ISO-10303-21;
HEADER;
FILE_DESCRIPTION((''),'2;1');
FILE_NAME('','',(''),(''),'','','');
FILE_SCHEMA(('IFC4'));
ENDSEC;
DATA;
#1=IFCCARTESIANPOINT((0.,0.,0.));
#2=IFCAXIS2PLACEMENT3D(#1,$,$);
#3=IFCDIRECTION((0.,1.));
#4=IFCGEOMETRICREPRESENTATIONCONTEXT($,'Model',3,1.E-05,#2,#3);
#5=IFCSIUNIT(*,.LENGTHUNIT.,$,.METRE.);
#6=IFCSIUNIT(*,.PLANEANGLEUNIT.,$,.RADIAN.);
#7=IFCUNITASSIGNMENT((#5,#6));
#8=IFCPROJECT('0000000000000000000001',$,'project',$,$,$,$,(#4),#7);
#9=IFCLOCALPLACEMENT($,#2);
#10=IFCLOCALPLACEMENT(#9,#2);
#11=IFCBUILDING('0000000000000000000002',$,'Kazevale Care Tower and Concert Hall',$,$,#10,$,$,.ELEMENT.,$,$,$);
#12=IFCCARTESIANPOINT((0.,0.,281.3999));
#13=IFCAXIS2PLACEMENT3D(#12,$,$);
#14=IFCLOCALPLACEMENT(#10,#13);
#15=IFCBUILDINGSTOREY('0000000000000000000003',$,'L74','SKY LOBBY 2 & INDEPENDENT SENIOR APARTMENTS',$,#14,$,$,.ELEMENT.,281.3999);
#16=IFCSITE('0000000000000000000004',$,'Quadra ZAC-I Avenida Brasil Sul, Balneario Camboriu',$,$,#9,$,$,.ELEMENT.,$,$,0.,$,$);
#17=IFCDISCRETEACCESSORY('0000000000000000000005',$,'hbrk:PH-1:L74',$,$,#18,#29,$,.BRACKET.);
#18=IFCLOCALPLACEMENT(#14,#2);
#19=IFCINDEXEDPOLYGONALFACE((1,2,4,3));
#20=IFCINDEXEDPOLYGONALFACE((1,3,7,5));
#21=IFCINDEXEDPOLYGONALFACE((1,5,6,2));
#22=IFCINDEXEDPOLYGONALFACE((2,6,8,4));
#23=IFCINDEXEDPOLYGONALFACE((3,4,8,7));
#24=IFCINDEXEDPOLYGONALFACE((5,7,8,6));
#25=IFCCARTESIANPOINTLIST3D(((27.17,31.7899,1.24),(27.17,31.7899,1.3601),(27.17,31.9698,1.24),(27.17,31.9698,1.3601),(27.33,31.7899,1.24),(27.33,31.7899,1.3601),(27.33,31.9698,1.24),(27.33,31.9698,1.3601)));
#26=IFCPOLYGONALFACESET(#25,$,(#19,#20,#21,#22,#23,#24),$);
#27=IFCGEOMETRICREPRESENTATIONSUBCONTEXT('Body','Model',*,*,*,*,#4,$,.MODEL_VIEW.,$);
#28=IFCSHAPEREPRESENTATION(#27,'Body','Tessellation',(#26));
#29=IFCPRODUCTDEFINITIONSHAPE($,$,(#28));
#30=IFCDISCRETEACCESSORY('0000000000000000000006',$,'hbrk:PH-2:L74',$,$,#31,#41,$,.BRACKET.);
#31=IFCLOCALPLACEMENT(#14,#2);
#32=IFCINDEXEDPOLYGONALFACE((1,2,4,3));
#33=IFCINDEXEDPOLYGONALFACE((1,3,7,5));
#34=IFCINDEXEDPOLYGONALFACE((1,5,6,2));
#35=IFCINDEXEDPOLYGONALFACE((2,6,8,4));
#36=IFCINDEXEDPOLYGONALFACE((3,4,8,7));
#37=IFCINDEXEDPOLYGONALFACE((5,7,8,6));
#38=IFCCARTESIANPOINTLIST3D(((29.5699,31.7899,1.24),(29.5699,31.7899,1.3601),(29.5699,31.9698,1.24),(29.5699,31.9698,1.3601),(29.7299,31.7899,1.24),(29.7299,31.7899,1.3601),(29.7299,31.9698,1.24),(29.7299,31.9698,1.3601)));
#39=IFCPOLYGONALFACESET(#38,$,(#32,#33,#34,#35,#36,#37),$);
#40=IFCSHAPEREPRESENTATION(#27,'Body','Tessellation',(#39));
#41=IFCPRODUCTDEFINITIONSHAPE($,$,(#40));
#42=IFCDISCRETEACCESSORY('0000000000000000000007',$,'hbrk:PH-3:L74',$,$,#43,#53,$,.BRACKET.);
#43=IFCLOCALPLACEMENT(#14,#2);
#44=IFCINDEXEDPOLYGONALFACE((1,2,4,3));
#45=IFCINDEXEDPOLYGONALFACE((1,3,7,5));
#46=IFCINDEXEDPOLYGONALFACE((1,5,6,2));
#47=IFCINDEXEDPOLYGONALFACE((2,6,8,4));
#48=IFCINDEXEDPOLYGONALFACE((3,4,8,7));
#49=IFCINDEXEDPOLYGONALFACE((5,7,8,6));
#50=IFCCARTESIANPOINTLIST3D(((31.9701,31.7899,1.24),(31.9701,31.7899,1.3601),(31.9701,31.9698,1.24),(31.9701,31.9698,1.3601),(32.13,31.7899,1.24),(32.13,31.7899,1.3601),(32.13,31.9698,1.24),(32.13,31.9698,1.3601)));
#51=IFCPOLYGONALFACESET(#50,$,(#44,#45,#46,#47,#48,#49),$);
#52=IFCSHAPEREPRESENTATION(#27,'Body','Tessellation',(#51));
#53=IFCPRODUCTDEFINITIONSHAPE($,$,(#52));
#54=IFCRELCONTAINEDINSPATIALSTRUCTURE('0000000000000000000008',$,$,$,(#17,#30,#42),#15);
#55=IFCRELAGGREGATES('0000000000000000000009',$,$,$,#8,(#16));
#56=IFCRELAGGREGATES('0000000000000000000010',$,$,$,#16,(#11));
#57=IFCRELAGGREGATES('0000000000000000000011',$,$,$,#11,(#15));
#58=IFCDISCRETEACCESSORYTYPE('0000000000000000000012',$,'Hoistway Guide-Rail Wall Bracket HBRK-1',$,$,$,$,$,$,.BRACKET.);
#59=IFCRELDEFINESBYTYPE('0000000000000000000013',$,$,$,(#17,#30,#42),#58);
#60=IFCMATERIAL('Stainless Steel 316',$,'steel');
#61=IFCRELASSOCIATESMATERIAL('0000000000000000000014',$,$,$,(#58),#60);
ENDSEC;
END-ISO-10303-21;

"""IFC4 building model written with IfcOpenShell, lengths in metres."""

from ifc_helpers import new_model, si_unit, direction, frame, origin, origin_2d, place, context, subcontext, project, spatial, rectangle, extrude, material, type_object, element, save


model = new_model("IFC4")

# Units and contexts
model_context = context("Model", 3, precision=1e-05, world=origin(), true_north=direction((0.0, 1.0)))
body_context = subcontext(model_context, "Body", "Model", "MODEL_VIEW")
ifc_project = project(units=[si_unit("LENGTHUNIT", "METRE"), si_unit("PLANEANGLEUNIT", "RADIAN")], contexts=[model_context])

# Site, building, storey
site_placement = place(None, origin())
site = spatial("IfcSite", under=ifc_project, at=site_placement, Name="Quadra ZAC-I Avenida Brasil Sul, Balneario Camboriu", CompositionType="ELEMENT", RefElevation=0.0)
building_placement = place(site_placement, origin())
building = spatial("IfcBuilding", under=site, at=building_placement, Name="Kazevale Care Tower and Concert Hall", CompositionType="ELEMENT")
storey_placement = place(building_placement, frame((0.0, 0.0, 281.3999)))
storey = spatial("IfcBuildingStorey", under=building, at=storey_placement, Name="L74", Description="SKY LOBBY 2 & INDEPENDENT SENIOR APARTMENTS", CompositionType="ELEMENT", Elevation=281.3999)

# Shared definitions
ifc_material_1 = material(Name="Stainless Steel 316", Category="steel")

# Discrete accessories
discrete_accessory_type = type_object("IfcDiscreteAccessoryType", Name="Hoistway Guide-Rail Wall Bracket HBRK-1", PredefinedType="BRACKET", material=ifc_material_1)
for number, where, z_axis, x_axis, name in (
    (1, (27.25, 31.8799, 1.24), (0.0, 0.0, 1.0), (1.0, 0.0, 0.0), "hbrk:PH-1:L74"),
    (2, (29.6499, 31.8799, 1.24), (0.0, 0.0, 1.0), (1.0, 0.0, 0.0), "hbrk:PH-2:L74"),
    (3, (32.05, 31.8799, 1.24), (0.0, 0.0, 1.0), (1.0, 0.0, 0.0), "hbrk:PH-3:L74"),
):
    element("IfcDiscreteAccessory", number, at=place(storey_placement, frame(where, z_axis=z_axis, x_axis=x_axis)), inside=storey, type_object=discrete_accessory_type, Name=name, PredefinedType="BRACKET", context=body_context, shape_type="SweptSolid", body=[
        extrude(rectangle(XDim=0.1599, YDim=0.1799, at=origin_2d()), origin(), (0.0, 0.0, 1.0), 0.1201),
    ])

save(model, "model.ifc")
